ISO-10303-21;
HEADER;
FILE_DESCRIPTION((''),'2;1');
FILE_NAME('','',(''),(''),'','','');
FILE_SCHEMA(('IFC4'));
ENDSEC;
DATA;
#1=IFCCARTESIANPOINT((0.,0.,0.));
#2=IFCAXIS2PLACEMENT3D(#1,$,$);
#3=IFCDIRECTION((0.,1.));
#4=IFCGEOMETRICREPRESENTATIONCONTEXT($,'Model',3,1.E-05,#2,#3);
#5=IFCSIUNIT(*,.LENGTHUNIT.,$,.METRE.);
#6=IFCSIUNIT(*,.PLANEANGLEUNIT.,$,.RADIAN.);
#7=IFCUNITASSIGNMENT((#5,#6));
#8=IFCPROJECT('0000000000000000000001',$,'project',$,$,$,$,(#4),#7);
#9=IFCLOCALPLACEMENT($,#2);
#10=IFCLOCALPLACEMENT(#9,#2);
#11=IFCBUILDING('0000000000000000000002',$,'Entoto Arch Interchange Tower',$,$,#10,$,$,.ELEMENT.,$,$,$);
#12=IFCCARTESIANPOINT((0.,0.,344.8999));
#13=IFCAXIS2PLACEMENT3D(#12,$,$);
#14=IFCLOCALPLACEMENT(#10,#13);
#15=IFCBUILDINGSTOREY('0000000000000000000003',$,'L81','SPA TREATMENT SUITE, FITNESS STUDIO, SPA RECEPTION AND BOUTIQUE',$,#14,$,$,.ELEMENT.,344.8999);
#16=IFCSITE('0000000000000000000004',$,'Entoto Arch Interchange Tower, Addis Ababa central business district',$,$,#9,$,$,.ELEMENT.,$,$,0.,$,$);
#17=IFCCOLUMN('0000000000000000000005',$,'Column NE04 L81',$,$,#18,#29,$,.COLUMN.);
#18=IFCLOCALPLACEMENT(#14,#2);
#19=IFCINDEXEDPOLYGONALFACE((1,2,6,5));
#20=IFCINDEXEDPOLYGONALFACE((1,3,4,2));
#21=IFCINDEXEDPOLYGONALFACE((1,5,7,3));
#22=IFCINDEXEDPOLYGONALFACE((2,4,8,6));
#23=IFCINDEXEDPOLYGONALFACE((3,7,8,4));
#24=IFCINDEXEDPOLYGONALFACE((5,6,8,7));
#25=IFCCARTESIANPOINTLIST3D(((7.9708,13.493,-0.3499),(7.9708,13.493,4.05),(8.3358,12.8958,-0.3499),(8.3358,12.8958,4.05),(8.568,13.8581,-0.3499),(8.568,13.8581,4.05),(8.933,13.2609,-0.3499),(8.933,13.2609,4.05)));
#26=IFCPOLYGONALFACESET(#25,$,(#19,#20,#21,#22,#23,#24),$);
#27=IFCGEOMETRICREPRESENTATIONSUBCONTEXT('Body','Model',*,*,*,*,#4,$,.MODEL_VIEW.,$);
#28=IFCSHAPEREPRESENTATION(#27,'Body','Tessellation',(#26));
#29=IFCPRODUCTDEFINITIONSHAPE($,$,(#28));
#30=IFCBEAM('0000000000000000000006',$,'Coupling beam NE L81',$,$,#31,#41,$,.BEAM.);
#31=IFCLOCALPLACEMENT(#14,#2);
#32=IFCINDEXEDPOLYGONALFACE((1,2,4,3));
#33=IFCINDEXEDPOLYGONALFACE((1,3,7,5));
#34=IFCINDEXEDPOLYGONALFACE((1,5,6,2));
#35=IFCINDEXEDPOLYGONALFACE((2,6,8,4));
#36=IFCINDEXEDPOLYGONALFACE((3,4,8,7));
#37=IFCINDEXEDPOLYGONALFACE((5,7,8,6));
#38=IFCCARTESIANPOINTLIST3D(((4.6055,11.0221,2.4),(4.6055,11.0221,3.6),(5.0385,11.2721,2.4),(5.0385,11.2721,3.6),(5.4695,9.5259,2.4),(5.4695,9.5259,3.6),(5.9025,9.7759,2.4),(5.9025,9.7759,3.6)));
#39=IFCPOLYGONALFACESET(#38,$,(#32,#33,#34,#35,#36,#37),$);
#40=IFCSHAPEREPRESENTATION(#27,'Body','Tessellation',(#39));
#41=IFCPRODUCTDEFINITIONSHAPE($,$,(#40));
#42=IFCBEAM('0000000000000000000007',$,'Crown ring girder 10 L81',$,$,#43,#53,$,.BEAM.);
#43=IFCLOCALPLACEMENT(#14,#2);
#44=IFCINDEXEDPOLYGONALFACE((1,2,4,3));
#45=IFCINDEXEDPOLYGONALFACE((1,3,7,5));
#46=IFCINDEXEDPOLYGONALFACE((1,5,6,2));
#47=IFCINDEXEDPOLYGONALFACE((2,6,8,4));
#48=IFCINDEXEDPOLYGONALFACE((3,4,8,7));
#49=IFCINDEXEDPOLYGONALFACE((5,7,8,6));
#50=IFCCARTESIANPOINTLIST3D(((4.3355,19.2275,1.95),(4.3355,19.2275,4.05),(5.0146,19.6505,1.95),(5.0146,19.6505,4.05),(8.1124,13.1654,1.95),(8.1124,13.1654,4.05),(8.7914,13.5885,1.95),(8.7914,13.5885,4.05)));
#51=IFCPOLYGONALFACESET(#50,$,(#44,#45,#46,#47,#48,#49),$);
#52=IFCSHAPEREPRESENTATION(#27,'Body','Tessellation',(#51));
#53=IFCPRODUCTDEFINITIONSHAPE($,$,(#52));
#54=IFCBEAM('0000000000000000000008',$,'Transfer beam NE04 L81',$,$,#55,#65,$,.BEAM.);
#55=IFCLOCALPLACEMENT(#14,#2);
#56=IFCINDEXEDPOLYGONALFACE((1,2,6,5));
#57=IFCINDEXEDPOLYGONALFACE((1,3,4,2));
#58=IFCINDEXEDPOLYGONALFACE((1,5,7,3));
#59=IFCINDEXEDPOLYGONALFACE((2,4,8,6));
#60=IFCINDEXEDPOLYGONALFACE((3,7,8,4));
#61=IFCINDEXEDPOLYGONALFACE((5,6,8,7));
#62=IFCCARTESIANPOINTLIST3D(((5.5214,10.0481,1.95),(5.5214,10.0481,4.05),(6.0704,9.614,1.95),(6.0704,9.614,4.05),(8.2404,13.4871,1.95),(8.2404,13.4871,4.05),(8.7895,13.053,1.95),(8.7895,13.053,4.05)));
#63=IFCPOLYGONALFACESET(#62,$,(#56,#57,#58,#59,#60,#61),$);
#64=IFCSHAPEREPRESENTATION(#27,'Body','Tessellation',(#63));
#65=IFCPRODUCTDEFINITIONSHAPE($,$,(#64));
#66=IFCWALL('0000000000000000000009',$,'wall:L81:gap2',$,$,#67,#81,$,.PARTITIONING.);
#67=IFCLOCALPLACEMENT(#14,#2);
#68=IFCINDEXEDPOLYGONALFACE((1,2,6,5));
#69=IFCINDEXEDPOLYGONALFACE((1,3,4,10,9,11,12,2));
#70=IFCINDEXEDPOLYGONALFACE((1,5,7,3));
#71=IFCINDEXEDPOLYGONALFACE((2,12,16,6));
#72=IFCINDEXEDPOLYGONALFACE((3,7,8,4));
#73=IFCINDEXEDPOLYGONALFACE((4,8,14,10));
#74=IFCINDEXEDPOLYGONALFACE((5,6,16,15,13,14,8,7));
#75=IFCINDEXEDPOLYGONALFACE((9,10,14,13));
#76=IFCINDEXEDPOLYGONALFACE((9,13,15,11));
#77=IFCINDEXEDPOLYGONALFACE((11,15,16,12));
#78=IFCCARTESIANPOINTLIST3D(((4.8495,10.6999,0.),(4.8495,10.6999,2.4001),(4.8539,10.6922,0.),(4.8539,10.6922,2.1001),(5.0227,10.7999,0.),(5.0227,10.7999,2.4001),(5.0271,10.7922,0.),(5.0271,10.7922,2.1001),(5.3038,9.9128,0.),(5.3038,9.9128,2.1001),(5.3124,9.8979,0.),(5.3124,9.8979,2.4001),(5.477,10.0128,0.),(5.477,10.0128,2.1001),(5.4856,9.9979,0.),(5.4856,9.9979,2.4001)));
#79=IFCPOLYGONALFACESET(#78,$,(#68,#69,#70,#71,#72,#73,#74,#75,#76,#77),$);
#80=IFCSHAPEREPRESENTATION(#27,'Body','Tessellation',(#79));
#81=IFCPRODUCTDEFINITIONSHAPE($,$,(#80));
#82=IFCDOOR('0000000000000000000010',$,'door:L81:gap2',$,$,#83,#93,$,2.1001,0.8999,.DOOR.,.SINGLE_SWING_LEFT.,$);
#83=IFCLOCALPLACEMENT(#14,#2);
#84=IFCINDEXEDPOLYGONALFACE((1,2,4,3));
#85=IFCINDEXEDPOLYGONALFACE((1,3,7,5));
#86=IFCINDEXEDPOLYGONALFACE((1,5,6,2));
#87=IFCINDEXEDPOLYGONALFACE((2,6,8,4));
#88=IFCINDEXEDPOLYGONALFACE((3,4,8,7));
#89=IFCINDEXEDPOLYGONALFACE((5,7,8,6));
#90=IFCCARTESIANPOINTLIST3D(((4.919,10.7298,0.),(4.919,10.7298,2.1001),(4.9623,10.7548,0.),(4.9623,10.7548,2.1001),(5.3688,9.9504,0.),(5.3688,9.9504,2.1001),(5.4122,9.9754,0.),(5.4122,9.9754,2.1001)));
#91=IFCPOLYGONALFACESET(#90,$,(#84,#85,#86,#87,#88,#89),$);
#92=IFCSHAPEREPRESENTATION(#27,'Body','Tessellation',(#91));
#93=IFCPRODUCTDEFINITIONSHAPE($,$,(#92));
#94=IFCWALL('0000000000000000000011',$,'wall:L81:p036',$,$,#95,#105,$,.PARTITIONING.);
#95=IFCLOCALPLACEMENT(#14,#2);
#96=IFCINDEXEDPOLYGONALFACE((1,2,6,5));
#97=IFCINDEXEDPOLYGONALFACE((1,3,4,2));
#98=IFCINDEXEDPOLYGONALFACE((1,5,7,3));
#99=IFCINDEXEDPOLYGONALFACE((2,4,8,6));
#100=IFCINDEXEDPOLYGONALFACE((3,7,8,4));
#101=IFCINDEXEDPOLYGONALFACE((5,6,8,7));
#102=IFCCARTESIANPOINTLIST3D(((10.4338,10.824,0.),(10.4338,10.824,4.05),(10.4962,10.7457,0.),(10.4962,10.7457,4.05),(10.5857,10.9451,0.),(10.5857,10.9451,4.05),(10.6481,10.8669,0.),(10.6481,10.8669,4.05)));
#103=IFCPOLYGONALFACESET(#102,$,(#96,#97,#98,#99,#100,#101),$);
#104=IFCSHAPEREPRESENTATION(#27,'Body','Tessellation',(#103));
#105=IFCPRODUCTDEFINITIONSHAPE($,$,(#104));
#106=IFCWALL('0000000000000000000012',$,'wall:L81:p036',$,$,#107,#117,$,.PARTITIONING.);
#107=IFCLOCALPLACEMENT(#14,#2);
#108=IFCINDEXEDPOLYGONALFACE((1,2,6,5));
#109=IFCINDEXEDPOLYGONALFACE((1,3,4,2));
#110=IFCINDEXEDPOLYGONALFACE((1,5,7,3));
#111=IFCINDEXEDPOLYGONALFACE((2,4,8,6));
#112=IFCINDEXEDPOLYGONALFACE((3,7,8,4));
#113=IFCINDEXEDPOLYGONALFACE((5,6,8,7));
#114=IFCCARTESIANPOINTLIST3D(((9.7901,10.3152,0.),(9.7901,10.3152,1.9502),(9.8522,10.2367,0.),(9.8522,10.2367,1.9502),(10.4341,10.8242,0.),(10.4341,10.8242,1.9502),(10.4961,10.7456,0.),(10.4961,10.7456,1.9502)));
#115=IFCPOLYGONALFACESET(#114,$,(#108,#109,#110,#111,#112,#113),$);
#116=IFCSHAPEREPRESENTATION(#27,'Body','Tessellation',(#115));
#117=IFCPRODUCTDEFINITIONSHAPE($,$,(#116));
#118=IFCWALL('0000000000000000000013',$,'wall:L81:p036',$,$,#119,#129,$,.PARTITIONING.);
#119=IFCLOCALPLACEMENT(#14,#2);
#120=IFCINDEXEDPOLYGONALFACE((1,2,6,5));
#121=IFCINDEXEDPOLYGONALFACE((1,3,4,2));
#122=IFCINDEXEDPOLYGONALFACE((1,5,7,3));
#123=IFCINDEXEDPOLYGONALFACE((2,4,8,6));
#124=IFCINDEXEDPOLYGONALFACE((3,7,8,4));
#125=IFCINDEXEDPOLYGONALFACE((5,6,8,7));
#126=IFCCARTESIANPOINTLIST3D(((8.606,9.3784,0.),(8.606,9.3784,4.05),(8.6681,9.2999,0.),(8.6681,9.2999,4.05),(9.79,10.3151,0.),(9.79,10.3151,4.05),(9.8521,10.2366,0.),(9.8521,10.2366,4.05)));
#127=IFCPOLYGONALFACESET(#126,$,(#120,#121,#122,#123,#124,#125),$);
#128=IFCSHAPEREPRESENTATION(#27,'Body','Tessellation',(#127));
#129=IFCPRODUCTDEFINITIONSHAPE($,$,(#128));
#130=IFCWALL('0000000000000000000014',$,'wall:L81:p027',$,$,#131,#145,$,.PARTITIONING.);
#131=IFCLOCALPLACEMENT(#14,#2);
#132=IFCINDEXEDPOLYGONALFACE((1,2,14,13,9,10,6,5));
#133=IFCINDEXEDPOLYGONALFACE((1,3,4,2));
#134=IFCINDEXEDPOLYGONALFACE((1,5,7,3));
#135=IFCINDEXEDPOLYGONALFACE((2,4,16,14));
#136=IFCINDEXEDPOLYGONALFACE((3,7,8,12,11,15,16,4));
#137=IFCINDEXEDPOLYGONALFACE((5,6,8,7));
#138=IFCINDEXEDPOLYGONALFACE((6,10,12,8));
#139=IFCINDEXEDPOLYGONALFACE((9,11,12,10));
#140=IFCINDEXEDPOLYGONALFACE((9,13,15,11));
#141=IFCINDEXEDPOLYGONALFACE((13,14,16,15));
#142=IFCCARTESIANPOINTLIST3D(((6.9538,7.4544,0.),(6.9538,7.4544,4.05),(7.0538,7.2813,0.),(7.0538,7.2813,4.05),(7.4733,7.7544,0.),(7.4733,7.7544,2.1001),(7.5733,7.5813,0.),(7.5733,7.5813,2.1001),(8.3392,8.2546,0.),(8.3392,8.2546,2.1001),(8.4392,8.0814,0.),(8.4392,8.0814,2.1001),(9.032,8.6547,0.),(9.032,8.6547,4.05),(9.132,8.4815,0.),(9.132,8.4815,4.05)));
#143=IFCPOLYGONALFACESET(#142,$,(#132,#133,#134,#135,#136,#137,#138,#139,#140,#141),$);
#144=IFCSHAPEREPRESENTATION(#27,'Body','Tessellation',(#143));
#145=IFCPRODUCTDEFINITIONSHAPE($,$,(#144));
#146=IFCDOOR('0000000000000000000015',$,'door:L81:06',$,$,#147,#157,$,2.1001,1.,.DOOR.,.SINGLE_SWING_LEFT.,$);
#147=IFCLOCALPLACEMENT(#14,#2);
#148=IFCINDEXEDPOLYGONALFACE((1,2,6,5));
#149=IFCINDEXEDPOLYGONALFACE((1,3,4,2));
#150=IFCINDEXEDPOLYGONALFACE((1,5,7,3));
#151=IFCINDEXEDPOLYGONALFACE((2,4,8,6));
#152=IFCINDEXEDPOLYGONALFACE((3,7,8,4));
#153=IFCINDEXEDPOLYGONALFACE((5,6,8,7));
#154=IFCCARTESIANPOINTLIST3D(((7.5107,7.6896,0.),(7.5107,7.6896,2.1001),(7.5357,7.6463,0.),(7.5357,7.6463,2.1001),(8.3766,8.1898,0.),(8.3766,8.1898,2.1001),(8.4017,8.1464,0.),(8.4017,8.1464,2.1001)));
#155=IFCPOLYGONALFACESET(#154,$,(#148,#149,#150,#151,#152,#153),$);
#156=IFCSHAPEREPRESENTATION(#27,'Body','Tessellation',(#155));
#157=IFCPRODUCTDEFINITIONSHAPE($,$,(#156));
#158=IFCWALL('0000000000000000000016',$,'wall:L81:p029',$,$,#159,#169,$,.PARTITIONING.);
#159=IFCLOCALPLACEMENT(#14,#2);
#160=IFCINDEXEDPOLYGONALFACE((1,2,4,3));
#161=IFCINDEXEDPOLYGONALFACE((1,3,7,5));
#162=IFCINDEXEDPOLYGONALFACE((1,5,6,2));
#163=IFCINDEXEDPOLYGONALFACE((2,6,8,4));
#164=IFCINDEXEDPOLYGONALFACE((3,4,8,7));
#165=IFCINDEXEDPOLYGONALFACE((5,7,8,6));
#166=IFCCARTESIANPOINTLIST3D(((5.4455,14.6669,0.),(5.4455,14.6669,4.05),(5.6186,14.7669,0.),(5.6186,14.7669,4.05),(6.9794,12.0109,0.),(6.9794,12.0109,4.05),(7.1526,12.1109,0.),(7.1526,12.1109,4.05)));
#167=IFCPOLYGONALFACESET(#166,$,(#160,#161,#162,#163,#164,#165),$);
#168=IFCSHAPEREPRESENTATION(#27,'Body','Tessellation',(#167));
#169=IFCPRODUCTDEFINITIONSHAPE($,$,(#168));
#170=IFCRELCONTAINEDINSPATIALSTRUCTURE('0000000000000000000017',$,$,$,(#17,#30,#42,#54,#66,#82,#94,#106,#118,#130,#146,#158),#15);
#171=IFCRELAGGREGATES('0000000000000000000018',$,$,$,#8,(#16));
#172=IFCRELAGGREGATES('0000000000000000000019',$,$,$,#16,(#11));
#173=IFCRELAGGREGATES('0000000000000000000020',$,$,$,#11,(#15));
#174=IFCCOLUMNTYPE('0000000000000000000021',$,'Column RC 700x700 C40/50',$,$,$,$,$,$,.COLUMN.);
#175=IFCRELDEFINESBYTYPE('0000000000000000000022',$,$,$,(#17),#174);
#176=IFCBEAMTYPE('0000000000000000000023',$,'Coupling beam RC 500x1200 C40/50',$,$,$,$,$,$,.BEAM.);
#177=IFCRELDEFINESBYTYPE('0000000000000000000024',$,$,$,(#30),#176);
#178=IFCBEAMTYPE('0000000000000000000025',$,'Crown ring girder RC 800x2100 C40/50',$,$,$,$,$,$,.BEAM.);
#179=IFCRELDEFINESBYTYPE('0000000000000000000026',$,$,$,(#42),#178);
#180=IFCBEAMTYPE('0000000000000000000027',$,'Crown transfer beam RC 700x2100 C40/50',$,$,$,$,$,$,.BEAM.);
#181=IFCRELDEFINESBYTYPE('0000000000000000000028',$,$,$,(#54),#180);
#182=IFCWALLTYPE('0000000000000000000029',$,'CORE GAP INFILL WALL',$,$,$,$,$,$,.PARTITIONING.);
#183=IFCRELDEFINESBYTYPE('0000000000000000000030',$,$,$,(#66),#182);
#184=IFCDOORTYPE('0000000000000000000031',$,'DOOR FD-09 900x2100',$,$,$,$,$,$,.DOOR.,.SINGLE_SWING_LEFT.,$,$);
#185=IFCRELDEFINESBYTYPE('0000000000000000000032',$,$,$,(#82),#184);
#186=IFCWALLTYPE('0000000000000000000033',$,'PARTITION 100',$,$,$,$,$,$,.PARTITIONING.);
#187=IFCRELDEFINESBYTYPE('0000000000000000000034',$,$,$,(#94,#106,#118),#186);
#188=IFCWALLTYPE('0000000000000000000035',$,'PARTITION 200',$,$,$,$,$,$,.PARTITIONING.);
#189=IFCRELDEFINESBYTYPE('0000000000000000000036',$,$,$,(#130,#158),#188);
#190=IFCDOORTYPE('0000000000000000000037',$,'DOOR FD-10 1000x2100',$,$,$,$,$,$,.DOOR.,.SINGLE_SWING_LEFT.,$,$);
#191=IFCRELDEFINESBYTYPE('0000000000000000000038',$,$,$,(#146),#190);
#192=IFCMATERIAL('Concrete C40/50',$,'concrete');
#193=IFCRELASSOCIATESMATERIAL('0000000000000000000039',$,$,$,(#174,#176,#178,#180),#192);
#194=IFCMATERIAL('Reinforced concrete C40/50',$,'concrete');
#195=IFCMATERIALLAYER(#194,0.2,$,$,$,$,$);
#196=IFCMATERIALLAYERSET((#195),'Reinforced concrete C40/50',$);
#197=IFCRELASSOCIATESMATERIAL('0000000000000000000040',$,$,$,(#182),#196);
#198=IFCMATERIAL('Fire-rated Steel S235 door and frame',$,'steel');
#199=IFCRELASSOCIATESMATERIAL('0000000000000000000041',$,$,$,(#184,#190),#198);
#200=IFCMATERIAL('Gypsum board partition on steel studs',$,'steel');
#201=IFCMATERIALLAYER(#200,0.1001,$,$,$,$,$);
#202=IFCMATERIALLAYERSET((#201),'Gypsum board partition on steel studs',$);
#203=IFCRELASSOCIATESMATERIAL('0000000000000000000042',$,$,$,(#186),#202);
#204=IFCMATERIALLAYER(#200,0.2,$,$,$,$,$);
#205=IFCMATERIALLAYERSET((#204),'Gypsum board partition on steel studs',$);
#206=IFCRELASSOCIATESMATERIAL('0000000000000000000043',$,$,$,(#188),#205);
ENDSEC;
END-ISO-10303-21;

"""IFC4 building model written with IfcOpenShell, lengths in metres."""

from ifc_helpers import new_model, si_unit, direction, frame, frame_2d, origin, origin_2d, place, context, subcontext, project, spatial, rectangle, extrude, material, layer, layer_set, material_profile, profile_set, type_object, element, fill, save


model = new_model("IFC4")

# Units and contexts
model_context = context("Model", 3, precision=1e-05, world=origin(), true_north=direction((0.0, 1.0)))
body_context = subcontext(model_context, "Body", "Model", "MODEL_VIEW")
ifc_project = project(units=[si_unit("LENGTHUNIT", "METRE"), si_unit("PLANEANGLEUNIT", "RADIAN")], contexts=[model_context])

# Site, building, storey
site_placement = place(None, origin())
site = spatial("IfcSite", under=ifc_project, at=site_placement, Name="Entoto Arch Interchange Tower, Addis Ababa central business district", CompositionType="ELEMENT", RefElevation=0.0)
building_placement = place(site_placement, origin())
building = spatial("IfcBuilding", under=site, at=building_placement, Name="Entoto Arch Interchange Tower", CompositionType="ELEMENT")
storey_placement = place(building_placement, frame((0.0, 0.0, 344.8999)))
storey = spatial("IfcBuildingStorey", under=building, at=storey_placement, Name="L81", Description="SPA TREATMENT SUITE, FITNESS STUDIO, SPA RECEPTION AND BOUTIQUE", CompositionType="ELEMENT", Elevation=344.8999)

# Column
ifc_material_1 = material(Name="Concrete C40/50", Category="concrete")
ifc_material_profile_1 = material_profile(ifc_material_1, rectangle(XDim=0.7, YDim=0.7, at=origin_2d()))
ifc_profile_set_1 = profile_set([ifc_material_profile_1], Name="Concrete C40/50")
column_type = type_object("IfcColumnType", Name="Column RC 700x700 C40/50", PredefinedType="COLUMN", material=ifc_profile_set_1)
column_placement = place(storey_placement, frame((8.4519, 13.377, -0.3499), z_axis=(0.0, 0.0, 1.0), x_axis=(-0.521546, 0.853223, 0.0)))
element("IfcColumn", 1, at=column_placement, inside=storey, type_object=column_type, Name="Column NE04 L81", PredefinedType="COLUMN", context=body_context, shape_type="SweptSolid", body=[
    extrude(rectangle(XDim=0.7, YDim=0.7, at=origin_2d()), origin(), (0.0, 0.0, 1.0), 4.3999),
])

# Beams
ifc_material_profile_2 = material_profile(ifc_material_1, rectangle(XDim=0.5, YDim=1.2, at=origin_2d()))
ifc_profile_set_2 = profile_set([ifc_material_profile_2], Name="Concrete C40/50")
beam_type_1 = type_object("IfcBeamType", Name="Coupling beam RC 500x1200 C40/50", PredefinedType="BEAM", material=ifc_profile_set_2)
beam_1_placement = place(storey_placement, frame((5.686, 9.6509, 3.0), z_axis=(-0.500106, 0.865964, 0.0), x_axis=(-0.865964, -0.500106, 0.0)))
element("IfcBeam", 2, at=beam_1_placement, inside=storey, type_object=beam_type_1, Name="Coupling beam NE L81", PredefinedType="BEAM", context=body_context, shape_type="SweptSolid", body=[
    extrude(rectangle(XDim=0.5, YDim=1.2, at=origin_2d()), origin(), (0.0, 0.0, 1.0), 1.7278),
])
ifc_material_profile_3 = material_profile(ifc_material_1, rectangle(XDim=0.8, YDim=2.1001, at=origin_2d()))
ifc_profile_set_3 = profile_set([ifc_material_profile_3], Name="Concrete C40/50")
beam_type_2 = type_object("IfcBeamType", Name="Crown ring girder RC 800x2100 C40/50", PredefinedType="BEAM", material=ifc_profile_set_3)
beam_2_placement = place(storey_placement, frame((8.4519, 13.377, 3.0), z_axis=(-0.5288, 0.848746, 0.0), x_axis=(-0.848746, -0.5288, 0.0)))
element("IfcBeam", 3, at=beam_2_placement, inside=storey, type_object=beam_type_2, Name="Crown ring girder 10 L81", PredefinedType="BEAM", context=body_context, shape_type="SweptSolid", body=[
    extrude(rectangle(XDim=0.8, YDim=2.1001, at=origin_2d()), origin(), (0.0, 0.0, 1.0), 7.1423),
])
ifc_material_profile_4 = material_profile(ifc_material_1, rectangle(XDim=0.7, YDim=2.1001, at=origin_2d()))
ifc_profile_set_4 = profile_set([ifc_material_profile_4], Name="Concrete C40/50")
beam_type_3 = type_object("IfcBeamType", Name="Crown transfer beam RC 700x2100 C40/50", PredefinedType="BEAM", material=ifc_profile_set_4)
beam_3_placement = place(storey_placement, frame((5.7959, 9.8311, 3.0), z_axis=(0.620209, 0.784436, 0.0), x_axis=(-0.784436, 0.620209, 0.0)))
element("IfcBeam", 4, at=beam_3_placement, inside=storey, type_object=beam_type_3, Name="Transfer beam NE04 L81", PredefinedType="BEAM", context=body_context, shape_type="SweptSolid", body=[
    extrude(rectangle(XDim=0.7, YDim=2.1001, at=origin_2d()), origin(), (0.0, 0.0, 1.0), 4.384),
])

# Wall, opening, door
ifc_material_2 = material(Name="Reinforced concrete C40/50", Category="concrete")
ifc_layer_1 = layer(ifc_material_2, 0.2)
ifc_layer_set_1 = layer_set([ifc_layer_1], Name="Reinforced concrete C40/50")
wall_type_1 = type_object("IfcWallType", Name="CORE GAP INFILL WALL", PredefinedType="PARTITIONING", material=ifc_layer_set_1)
wall_1_placement = place(storey_placement, frame((5.3989, 9.948, 0.0), z_axis=(0.0, 0.0, 1.0), x_axis=(-0.499882, 0.866093, 0.0)))
wall_1 = element("IfcWall", 5, at=wall_1_placement, inside=storey, type_object=wall_type_1, Name="wall:L81:gap2", PredefinedType="PARTITIONING", context=body_context, shape_type="SweptSolid", body=[
    extrude(rectangle(XDim=0.926, YDim=0.2, at=frame_2d((0.4629, 0.0))), origin(), (0.0, 0.0, 1.0), 2.4001),
])
opening_1_placement = place(wall_1_placement, frame((0.0171, 0.0, 0.0)))
opening_1 = element("IfcOpeningElement", 6, at=opening_1_placement, cuts=wall_1, PredefinedType="OPENING", context=body_context, shape_type="SweptSolid", body=[
    extrude(rectangle(XDim=0.8999, YDim=2.1001, at=frame_2d((0.45, 1.05))), frame((0.0, 0.1099, 0.0), z_axis=(0.0, -1.0, 0.0), x_axis=(1.0, 0.0, 0.0)), (0.0, 0.0, 1.0), 0.22),
])
ifc_material_3 = material(Name="Fire-rated Steel S235 door and frame", Category="steel")
door_type_1 = type_object("IfcDoorType", Name="DOOR FD-09 900x2100", OperationType="SINGLE_SWING_LEFT", PredefinedType="DOOR", material=ifc_material_3)
door_1_placement = place(opening_1_placement, origin())
door_1 = element("IfcDoor", 7, at=door_1_placement, inside=storey, type_object=door_type_1, Name="door:L81:gap2", OperationType="SINGLE_SWING_LEFT", OverallHeight=2.1001, OverallWidth=0.8999, PredefinedType="DOOR", context=body_context, shape_type="SweptSolid", body=[
    extrude(rectangle(XDim=0.8999, YDim=2.1001, at=frame_2d((0.45, 1.05))), frame((0.0, 0.0249, 0.0), z_axis=(0.0, -1.0, 0.0), x_axis=(1.0, 0.0, 0.0)), (0.0, 0.0, 1.0), 0.05),
])
fill(opening_1, door_1)

# Walls
ifc_material_4 = material(Name="Gypsum board partition on steel studs", Category="steel")
ifc_layer_2 = layer(ifc_material_4, 0.1001)
ifc_layer_set_2 = layer_set([ifc_layer_2], Name="Gypsum board partition on steel studs")
wall_type_2 = type_object("IfcWallType", Name="PARTITION 100", PredefinedType="PARTITIONING", material=ifc_layer_set_2)
wall_2_placement = place(storey_placement, frame((10.6169, 10.906, 0.0), z_axis=(0.0, 0.0, 1.0), x_axis=(-0.781849, -0.623468, 0.0)))
element("IfcWall", 8, at=wall_2_placement, inside=storey, type_object=wall_type_2, Name="wall:L81:p036", PredefinedType="PARTITIONING", context=body_context, shape_type="SweptSolid", body=[
    extrude(rectangle(XDim=0.1943, YDim=0.1001, at=frame_2d((0.0972, 0.0))), origin(), (0.0, 0.0, 1.0), 4.05),
])
wall_3_placement = place(storey_placement, frame((10.4651, 10.7849, 0.0), z_axis=(0.0, 0.0, 1.0), x_axis=(-0.78454, -0.620078, 0.0)))
element("IfcWall", 9, at=wall_3_placement, inside=storey, type_object=wall_type_2, Name="wall:L81:p036", PredefinedType="PARTITIONING", context=body_context, shape_type="SweptSolid", body=[
    extrude(rectangle(XDim=0.8208, YDim=0.1001, at=frame_2d((0.4104, 0.0))), origin(), (0.0, 0.0, 1.0), 1.9502),
])
wall_4_placement = place(storey_placement, frame((9.821, 10.2759, 0.0), z_axis=(0.0, 0.0, 1.0), x_axis=(-0.784249, -0.620446, 0.0)))
element("IfcWall", 10, at=wall_4_placement, inside=storey, type_object=wall_type_2, Name="wall:L81:p036", PredefinedType="PARTITIONING", context=body_context, shape_type="SweptSolid", body=[
    extrude(rectangle(XDim=1.5098, YDim=0.1001, at=frame_2d((0.7549, 0.0))), origin(), (0.0, 0.0, 1.0), 4.05),
])

# Wall, opening, door
ifc_layer_3 = layer(ifc_material_4, 0.2)
ifc_layer_set_3 = layer_set([ifc_layer_3], Name="Gypsum board partition on steel studs")
wall_type_3 = type_object("IfcWallType", Name="PARTITION 200", PredefinedType="PARTITIONING", material=ifc_layer_set_3)
wall_5_placement = place(storey_placement, frame((9.082, 8.5681, 0.0), z_axis=(0.0, 0.0, 1.0), x_axis=(-0.865955, -0.500122, 0.0)))
wall_5 = element("IfcWall", 11, at=wall_5_placement, inside=storey, type_object=wall_type_3, Name="wall:L81:p027", PredefinedType="PARTITIONING", context=body_context, shape_type="SweptSolid", body=[
    extrude(rectangle(XDim=2.3999, YDim=0.2, at=frame_2d((1.2, 0.0))), origin(), (0.0, 0.0, 1.0), 4.05),
])
opening_2_placement = place(wall_5_placement, frame((0.8, 0.0, 0.0)))
opening_2 = element("IfcOpeningElement", 12, at=opening_2_placement, cuts=wall_5, PredefinedType="OPENING", context=body_context, shape_type="SweptSolid", body=[
    extrude(rectangle(XDim=1.0, YDim=2.1001, at=frame_2d((0.5, 1.05))), frame((0.0, 0.1099, 0.0), z_axis=(0.0, -1.0, 0.0), x_axis=(1.0, 0.0, 0.0)), (0.0, 0.0, 1.0), 0.22),
])
door_type_2 = type_object("IfcDoorType", Name="DOOR FD-10 1000x2100", OperationType="SINGLE_SWING_LEFT", PredefinedType="DOOR", material=ifc_material_3)
door_2_placement = place(opening_2_placement, origin())
door_2 = element("IfcDoor", 13, at=door_2_placement, inside=storey, type_object=door_type_2, Name="door:L81:06", OperationType="SINGLE_SWING_LEFT", OverallHeight=2.1001, OverallWidth=1.0, PredefinedType="DOOR", context=body_context, shape_type="SweptSolid", body=[
    extrude(rectangle(XDim=1.0, YDim=2.1001, at=frame_2d((0.5, 1.05))), frame((0.0, 0.0249, 0.0), z_axis=(0.0, -1.0, 0.0), x_axis=(1.0, 0.0, 0.0)), (0.0, 0.0, 1.0), 0.05),
])
fill(opening_2, door_2)

# Wall
wall_6_placement = place(storey_placement, frame((5.532, 14.717, 0.0), z_axis=(0.0, 0.0, 1.0), x_axis=(0.50012, -0.865956, 0.0)))
element("IfcWall", 14, at=wall_6_placement, inside=storey, type_object=wall_type_3, Name="wall:L81:p029", PredefinedType="PARTITIONING", context=body_context, shape_type="SweptSolid", body=[
    extrude(rectangle(XDim=3.0671, YDim=0.2, at=frame_2d((1.5337, 0.0))), origin(), (0.0, 0.0, 1.0), 4.05),
])

save(model, "model.ifc")
